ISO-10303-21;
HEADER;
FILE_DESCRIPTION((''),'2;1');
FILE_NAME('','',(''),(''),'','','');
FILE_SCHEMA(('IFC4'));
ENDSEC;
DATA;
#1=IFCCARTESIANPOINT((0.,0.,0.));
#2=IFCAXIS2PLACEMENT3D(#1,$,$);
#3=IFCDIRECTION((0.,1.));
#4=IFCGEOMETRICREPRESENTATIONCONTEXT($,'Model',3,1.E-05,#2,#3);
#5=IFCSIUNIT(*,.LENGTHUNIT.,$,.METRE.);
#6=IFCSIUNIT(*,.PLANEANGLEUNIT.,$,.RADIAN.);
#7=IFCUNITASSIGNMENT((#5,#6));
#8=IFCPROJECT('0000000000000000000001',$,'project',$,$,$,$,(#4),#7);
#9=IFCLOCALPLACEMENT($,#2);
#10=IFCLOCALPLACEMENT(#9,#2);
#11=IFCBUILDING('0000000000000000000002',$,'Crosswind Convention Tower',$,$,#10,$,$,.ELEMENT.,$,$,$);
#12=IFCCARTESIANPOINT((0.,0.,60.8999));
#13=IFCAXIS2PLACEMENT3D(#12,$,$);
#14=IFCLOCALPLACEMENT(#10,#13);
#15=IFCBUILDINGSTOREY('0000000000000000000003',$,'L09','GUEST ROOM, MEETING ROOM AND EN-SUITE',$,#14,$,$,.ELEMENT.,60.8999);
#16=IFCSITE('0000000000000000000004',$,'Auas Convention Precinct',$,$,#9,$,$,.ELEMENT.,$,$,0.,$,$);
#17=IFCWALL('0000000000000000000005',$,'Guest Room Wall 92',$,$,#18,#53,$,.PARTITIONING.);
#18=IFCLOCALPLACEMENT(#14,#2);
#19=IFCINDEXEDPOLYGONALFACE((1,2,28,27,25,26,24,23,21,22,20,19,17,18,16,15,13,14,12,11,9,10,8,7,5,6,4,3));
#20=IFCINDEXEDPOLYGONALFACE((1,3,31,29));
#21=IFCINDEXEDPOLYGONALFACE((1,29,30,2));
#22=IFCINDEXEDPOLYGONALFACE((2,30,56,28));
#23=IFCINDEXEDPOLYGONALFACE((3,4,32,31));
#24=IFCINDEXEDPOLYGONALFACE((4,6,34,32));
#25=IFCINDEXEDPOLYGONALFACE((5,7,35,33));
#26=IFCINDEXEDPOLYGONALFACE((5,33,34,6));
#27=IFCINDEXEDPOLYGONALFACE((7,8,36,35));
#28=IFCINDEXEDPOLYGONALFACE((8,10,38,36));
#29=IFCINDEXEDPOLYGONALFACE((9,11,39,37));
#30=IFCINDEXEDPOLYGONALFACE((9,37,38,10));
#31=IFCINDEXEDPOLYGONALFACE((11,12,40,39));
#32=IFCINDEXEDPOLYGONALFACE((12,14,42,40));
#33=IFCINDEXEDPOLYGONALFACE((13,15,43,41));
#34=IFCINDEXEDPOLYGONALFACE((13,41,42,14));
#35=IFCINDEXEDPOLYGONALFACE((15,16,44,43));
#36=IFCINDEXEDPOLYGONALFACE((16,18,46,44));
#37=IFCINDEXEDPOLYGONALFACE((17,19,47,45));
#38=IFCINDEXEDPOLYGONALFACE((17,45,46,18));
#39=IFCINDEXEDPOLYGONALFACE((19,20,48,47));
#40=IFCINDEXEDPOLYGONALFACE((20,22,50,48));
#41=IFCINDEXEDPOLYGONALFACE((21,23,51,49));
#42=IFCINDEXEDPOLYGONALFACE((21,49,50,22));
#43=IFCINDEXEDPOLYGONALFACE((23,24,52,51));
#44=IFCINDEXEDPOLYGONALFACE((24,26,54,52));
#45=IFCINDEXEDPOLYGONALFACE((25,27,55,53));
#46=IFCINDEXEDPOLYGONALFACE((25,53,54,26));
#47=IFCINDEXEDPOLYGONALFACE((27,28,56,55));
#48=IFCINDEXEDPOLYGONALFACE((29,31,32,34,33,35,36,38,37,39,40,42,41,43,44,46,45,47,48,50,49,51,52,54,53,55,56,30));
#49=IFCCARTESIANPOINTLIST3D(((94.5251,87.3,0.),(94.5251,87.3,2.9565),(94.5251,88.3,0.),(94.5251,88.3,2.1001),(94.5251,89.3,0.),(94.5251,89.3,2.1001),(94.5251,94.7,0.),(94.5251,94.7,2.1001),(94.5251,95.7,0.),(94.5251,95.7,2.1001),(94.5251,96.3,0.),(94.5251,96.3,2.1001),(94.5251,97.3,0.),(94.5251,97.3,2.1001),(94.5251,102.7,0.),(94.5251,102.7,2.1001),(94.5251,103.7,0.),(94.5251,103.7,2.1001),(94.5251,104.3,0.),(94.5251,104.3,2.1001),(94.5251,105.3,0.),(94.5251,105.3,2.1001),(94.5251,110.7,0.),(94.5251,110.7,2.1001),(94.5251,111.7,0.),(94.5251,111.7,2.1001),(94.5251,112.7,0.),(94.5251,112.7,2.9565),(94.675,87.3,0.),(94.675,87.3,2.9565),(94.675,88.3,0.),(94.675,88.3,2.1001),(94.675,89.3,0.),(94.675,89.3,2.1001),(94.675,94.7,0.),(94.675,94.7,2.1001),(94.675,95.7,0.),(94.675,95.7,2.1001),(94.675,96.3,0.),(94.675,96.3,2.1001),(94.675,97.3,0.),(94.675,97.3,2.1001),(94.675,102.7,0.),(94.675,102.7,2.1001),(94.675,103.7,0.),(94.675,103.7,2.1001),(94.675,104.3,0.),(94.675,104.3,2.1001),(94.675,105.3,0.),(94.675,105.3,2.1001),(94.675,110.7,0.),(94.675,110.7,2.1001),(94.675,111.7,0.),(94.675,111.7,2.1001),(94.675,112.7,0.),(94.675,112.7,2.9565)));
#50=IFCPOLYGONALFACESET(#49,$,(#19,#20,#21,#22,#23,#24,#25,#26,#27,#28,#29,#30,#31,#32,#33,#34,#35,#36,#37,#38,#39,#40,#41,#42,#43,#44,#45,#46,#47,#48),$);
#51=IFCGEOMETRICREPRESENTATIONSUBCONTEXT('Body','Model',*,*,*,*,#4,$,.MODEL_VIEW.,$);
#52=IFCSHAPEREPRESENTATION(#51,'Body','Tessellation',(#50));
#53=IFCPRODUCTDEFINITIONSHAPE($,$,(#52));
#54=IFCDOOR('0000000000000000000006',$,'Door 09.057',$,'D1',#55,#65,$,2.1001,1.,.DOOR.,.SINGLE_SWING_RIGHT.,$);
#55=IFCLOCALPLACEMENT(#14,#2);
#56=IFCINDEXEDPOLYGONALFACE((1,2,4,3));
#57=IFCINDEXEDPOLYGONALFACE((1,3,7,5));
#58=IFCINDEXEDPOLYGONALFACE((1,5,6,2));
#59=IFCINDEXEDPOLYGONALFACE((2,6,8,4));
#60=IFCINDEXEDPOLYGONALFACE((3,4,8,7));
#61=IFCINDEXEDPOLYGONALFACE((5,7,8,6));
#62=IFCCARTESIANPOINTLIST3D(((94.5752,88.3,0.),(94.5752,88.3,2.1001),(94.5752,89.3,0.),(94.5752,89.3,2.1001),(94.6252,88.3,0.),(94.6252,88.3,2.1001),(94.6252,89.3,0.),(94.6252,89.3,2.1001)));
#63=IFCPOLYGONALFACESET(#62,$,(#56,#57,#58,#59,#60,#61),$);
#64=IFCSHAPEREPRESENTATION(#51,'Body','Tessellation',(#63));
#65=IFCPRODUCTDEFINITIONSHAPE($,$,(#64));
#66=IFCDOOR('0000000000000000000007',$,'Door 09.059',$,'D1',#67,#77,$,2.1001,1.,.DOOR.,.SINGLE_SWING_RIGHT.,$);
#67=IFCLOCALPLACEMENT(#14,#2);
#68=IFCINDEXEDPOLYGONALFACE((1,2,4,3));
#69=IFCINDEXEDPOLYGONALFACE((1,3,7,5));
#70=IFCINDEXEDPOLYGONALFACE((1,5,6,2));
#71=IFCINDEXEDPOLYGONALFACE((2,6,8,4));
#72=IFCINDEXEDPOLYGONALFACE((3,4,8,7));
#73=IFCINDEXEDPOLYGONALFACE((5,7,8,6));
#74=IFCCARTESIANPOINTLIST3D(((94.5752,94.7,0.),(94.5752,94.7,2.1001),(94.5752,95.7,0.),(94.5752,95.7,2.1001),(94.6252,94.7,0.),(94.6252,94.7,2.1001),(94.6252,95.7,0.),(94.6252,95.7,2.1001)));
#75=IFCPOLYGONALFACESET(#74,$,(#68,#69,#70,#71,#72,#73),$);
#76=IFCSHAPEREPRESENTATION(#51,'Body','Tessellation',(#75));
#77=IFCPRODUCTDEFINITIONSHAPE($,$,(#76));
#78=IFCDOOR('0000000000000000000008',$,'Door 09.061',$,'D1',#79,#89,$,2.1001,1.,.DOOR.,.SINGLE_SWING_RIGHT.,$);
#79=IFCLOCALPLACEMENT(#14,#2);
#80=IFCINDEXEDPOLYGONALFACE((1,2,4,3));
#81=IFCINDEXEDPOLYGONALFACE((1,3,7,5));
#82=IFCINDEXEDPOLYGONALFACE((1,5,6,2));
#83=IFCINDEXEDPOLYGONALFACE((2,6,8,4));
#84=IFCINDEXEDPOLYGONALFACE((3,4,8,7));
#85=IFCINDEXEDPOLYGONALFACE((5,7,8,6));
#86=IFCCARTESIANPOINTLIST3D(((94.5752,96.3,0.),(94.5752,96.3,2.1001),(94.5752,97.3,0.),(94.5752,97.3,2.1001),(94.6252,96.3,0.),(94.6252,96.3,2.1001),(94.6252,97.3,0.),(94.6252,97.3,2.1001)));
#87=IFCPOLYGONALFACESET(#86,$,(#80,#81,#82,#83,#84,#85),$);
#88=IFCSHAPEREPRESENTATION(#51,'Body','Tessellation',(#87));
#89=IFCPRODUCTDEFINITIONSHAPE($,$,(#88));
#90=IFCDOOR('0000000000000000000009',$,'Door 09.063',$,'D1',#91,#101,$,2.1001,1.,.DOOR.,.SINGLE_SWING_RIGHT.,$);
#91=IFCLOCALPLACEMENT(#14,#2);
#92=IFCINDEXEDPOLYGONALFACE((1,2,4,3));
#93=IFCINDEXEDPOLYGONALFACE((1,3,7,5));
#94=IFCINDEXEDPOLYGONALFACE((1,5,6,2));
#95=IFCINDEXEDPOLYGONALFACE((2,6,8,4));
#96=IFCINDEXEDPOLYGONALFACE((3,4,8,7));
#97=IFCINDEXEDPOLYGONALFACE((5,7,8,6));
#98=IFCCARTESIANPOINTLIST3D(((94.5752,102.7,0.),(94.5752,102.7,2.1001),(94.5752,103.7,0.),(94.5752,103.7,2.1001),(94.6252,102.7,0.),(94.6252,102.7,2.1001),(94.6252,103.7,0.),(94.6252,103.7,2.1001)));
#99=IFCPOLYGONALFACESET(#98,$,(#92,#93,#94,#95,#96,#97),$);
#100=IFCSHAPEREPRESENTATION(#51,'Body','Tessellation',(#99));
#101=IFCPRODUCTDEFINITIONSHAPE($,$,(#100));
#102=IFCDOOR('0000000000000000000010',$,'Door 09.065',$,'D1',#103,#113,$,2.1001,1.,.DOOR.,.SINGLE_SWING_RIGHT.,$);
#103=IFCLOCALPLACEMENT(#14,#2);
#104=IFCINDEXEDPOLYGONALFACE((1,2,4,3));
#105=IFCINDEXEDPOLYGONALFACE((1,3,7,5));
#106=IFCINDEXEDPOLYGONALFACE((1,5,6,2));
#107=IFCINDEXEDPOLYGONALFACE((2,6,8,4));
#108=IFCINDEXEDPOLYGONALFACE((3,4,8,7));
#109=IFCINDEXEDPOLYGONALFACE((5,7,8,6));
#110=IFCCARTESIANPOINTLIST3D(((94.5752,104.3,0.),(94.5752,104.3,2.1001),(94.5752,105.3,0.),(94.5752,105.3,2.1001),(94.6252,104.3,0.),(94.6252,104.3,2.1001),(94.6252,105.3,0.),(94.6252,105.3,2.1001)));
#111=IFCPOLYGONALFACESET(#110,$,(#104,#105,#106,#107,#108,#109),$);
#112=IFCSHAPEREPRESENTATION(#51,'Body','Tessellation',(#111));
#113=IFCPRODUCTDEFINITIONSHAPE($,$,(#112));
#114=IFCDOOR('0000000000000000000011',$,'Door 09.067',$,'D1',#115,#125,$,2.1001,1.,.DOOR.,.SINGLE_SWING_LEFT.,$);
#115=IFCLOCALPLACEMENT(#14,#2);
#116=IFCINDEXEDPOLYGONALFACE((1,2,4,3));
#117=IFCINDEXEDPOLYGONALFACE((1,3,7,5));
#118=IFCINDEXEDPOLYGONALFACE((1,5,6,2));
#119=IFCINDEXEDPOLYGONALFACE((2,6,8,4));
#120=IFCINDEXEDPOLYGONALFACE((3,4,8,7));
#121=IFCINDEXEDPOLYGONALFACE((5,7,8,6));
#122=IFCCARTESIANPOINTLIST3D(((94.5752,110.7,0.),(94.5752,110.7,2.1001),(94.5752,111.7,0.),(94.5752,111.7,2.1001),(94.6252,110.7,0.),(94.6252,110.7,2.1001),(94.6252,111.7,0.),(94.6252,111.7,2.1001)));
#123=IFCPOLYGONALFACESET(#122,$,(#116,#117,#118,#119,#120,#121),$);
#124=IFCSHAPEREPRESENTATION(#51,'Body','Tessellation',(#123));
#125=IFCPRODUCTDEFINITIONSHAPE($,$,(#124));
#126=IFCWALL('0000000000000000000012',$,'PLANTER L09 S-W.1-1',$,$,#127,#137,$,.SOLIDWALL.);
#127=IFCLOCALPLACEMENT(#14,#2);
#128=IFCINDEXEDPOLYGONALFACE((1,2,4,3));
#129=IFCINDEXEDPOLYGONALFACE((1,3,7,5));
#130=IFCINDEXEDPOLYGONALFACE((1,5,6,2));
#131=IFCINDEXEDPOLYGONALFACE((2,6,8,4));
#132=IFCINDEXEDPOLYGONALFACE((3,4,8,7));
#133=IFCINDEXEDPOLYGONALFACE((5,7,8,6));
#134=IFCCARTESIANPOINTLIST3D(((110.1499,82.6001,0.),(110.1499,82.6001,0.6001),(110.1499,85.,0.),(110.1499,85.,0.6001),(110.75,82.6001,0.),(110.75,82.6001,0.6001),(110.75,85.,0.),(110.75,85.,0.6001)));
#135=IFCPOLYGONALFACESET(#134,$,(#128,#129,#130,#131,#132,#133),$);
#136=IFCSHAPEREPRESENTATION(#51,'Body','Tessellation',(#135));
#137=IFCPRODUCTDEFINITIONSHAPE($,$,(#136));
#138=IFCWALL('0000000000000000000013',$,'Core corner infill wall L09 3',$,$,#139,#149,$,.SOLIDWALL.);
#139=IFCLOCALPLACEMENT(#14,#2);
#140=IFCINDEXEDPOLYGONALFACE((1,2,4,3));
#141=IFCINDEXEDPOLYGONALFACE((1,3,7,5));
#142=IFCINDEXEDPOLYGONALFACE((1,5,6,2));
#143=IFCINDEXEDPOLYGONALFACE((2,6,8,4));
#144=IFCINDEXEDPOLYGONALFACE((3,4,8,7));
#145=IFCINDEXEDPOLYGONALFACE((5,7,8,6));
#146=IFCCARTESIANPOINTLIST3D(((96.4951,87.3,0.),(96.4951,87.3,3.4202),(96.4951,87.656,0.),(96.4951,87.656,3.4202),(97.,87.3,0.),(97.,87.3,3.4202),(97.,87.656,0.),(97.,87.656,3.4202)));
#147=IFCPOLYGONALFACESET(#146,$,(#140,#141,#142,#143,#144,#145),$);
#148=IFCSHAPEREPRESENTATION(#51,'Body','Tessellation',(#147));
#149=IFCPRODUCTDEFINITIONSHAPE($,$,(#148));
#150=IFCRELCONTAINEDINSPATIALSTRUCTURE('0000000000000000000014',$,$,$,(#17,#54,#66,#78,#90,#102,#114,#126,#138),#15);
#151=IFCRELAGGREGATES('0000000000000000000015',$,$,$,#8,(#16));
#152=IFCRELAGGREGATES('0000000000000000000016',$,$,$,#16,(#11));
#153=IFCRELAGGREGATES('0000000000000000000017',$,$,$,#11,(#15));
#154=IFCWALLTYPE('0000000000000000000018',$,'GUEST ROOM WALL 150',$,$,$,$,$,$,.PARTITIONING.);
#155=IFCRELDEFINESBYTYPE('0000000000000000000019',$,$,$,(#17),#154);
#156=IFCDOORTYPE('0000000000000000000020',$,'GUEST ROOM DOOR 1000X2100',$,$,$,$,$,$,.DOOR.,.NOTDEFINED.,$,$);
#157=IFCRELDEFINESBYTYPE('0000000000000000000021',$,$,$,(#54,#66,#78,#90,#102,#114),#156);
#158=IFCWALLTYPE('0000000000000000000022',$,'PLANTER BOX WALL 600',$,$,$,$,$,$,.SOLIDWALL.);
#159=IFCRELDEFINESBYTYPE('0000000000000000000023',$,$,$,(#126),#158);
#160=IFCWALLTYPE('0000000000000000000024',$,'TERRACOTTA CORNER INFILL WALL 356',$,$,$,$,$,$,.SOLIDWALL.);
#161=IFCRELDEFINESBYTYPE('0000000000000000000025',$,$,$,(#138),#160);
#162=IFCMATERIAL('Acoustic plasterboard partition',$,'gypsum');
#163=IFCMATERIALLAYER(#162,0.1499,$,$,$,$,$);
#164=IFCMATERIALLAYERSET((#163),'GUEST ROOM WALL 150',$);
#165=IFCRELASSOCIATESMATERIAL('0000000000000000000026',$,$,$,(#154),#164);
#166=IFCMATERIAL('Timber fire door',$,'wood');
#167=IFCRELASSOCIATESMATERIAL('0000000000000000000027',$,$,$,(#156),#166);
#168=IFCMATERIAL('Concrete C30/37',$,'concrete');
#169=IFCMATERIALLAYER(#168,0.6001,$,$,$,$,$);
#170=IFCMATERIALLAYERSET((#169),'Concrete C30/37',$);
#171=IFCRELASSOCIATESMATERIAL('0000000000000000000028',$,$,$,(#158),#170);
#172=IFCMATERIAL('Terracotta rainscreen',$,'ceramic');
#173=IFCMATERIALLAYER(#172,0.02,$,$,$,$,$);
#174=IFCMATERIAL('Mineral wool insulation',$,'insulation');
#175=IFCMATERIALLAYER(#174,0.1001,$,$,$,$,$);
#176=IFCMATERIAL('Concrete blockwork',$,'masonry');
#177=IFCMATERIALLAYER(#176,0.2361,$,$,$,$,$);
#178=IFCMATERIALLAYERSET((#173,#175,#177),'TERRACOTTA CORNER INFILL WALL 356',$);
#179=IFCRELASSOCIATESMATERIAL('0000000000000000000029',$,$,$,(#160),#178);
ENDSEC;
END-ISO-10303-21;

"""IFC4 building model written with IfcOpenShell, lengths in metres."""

from ifc_helpers import new_model, si_unit, direction, frame, frame_2d, origin, place, context, subcontext, project, spatial, rectangle, extrude, material, layer, layer_set, type_object, element, fill, save


model = new_model("IFC4")

# Units and contexts
model_context = context("Model", 3, precision=1e-05, world=origin(), true_north=direction((0.0, 1.0)))
body_context = subcontext(model_context, "Body", "Model", "MODEL_VIEW")
ifc_project = project(units=[si_unit("LENGTHUNIT", "METRE"), si_unit("PLANEANGLEUNIT", "RADIAN")], contexts=[model_context])

# Site, building, storey
site_placement = place(None, origin())
site = spatial("IfcSite", under=ifc_project, at=site_placement, Name="Auas Convention Precinct", CompositionType="ELEMENT", RefElevation=0.0)
building_placement = place(site_placement, origin())
building = spatial("IfcBuilding", under=site, at=building_placement, Name="Crosswind Convention Tower", CompositionType="ELEMENT")
storey_placement = place(building_placement, frame((0.0, 0.0, 60.8999)))
storey = spatial("IfcBuildingStorey", under=building, at=storey_placement, Name="L09", Description="GUEST ROOM, MEETING ROOM AND EN-SUITE", CompositionType="ELEMENT", Elevation=60.8999)

# Wall, openings, doors
ifc_material_1 = material(Name="Acoustic plasterboard partition", Category="gypsum")
ifc_layer_1 = layer(ifc_material_1, 0.1499)
ifc_layer_set_1 = layer_set([ifc_layer_1], Name="GUEST ROOM WALL 150")
wall_type_1 = type_object("IfcWallType", Name="GUEST ROOM WALL 150", PredefinedType="PARTITIONING", material=ifc_layer_set_1)
wall_1_placement = place(storey_placement, frame((94.6001, 87.3, 0.0), z_axis=(0.0, 0.0, 1.0), x_axis=(0.0, 1.0, 0.0)))
wall_1 = element("IfcWall", 1, at=wall_1_placement, inside=storey, type_object=wall_type_1, Name="Guest Room Wall 92", PredefinedType="PARTITIONING", context=body_context, shape_type="SweptSolid", body=[
    extrude(rectangle(XDim=25.3999, YDim=0.1499, at=frame_2d((12.7, 0.0))), origin(), (0.0, 0.0, 1.0), 2.9565),
])
opening_1_placement = place(wall_1_placement, frame((1.0, 0.0, 0.0)))
opening_1 = element("IfcOpeningElement", 2, at=opening_1_placement, cuts=wall_1, PredefinedType="OPENING", context=body_context, shape_type="SweptSolid", body=[
    extrude(rectangle(XDim=1.0, YDim=2.1001, at=frame_2d((0.5, 1.05))), frame((0.0, 0.085, 0.0), z_axis=(0.0, -1.0, 0.0), x_axis=(1.0, 0.0, 0.0)), (0.0, 0.0, 1.0), 0.1699),
])
opening_2_placement = place(wall_1_placement, frame((7.3999, 0.0, 0.0)))
opening_2 = element("IfcOpeningElement", 3, at=opening_2_placement, cuts=wall_1, PredefinedType="OPENING", context=body_context, shape_type="SweptSolid", body=[
    extrude(rectangle(XDim=1.0, YDim=2.1001, at=frame_2d((0.5, 1.05))), frame((0.0, 0.085, 0.0), z_axis=(0.0, -1.0, 0.0), x_axis=(1.0, 0.0, 0.0)), (0.0, 0.0, 1.0), 0.1699),
])
opening_3_placement = place(wall_1_placement, frame((9.0, 0.0, 0.0)))
opening_3 = element("IfcOpeningElement", 4, at=opening_3_placement, cuts=wall_1, PredefinedType="OPENING", context=body_context, shape_type="SweptSolid", body=[
    extrude(rectangle(XDim=1.0, YDim=2.1001, at=frame_2d((0.5, 1.05))), frame((0.0, 0.085, 0.0), z_axis=(0.0, -1.0, 0.0), x_axis=(1.0, 0.0, 0.0)), (0.0, 0.0, 1.0), 0.1699),
])
opening_4_placement = place(wall_1_placement, frame((15.3999, 0.0, 0.0)))
opening_4 = element("IfcOpeningElement", 5, at=opening_4_placement, cuts=wall_1, PredefinedType="OPENING", context=body_context, shape_type="SweptSolid", body=[
    extrude(rectangle(XDim=1.0, YDim=2.1001, at=frame_2d((0.5, 1.05))), frame((0.0, 0.085, 0.0), z_axis=(0.0, -1.0, 0.0), x_axis=(1.0, 0.0, 0.0)), (0.0, 0.0, 1.0), 0.1699),
])
opening_5_placement = place(wall_1_placement, frame((17.0, 0.0, 0.0)))
opening_5 = element("IfcOpeningElement", 6, at=opening_5_placement, cuts=wall_1, PredefinedType="OPENING", context=body_context, shape_type="SweptSolid", body=[
    extrude(rectangle(XDim=1.0, YDim=2.1001, at=frame_2d((0.5, 1.05))), frame((0.0, 0.085, 0.0), z_axis=(0.0, -1.0, 0.0), x_axis=(1.0, 0.0, 0.0)), (0.0, 0.0, 1.0), 0.1699),
])
opening_6_placement = place(wall_1_placement, frame((23.3999, 0.0, 0.0)))
opening_6 = element("IfcOpeningElement", 7, at=opening_6_placement, cuts=wall_1, PredefinedType="OPENING", context=body_context, shape_type="SweptSolid", body=[
    extrude(rectangle(XDim=1.0, YDim=2.1001, at=frame_2d((0.5, 1.05))), frame((0.0, 0.085, 0.0), z_axis=(0.0, -1.0, 0.0), x_axis=(1.0, 0.0, 0.0)), (0.0, 0.0, 1.0), 0.1699),
])
ifc_material_2 = material(Name="Timber fire door", Category="wood")
door_type_1 = type_object("IfcDoorType", Name="GUEST ROOM DOOR 1000X2100", OperationType="NOTDEFINED", PredefinedType="DOOR", material=ifc_material_2)
door_1_placement = place(opening_1_placement, origin())
door_1 = element("IfcDoor", 8, at=door_1_placement, inside=storey, type_object=door_type_1, Name="Door 09.057", ObjectType="D1", OperationType="SINGLE_SWING_RIGHT", OverallHeight=2.1001, OverallWidth=1.0, PredefinedType="DOOR", context=body_context, shape_type="SweptSolid", body=[
    extrude(rectangle(XDim=1.0, YDim=2.1001, at=frame_2d((0.5, 1.05))), frame((0.0, 0.0249, 0.0), z_axis=(0.0, -1.0, 0.0), x_axis=(1.0, 0.0, 0.0)), (0.0, 0.0, 1.0), 0.05),
])
fill(opening_1, door_1)
door_2_placement = place(opening_2_placement, origin())
door_2 = element("IfcDoor", 9, at=door_2_placement, inside=storey, type_object=door_type_1, Name="Door 09.059", ObjectType="D1", OperationType="SINGLE_SWING_RIGHT", OverallHeight=2.1001, OverallWidth=1.0, PredefinedType="DOOR", context=body_context, shape_type="SweptSolid", body=[
    extrude(rectangle(XDim=1.0, YDim=2.1001, at=frame_2d((0.5, 1.05))), frame((0.0, 0.0249, 0.0), z_axis=(0.0, -1.0, 0.0), x_axis=(1.0, 0.0, 0.0)), (0.0, 0.0, 1.0), 0.05),
])
fill(opening_2, door_2)
door_3_placement = place(opening_3_placement, origin())
door_3 = element("IfcDoor", 10, at=door_3_placement, inside=storey, type_object=door_type_1, Name="Door 09.061", ObjectType="D1", OperationType="SINGLE_SWING_RIGHT", OverallHeight=2.1001, OverallWidth=1.0, PredefinedType="DOOR", context=body_context, shape_type="SweptSolid", body=[
    extrude(rectangle(XDim=1.0, YDim=2.1001, at=frame_2d((0.5, 1.05))), frame((0.0, 0.0249, 0.0), z_axis=(0.0, -1.0, 0.0), x_axis=(1.0, 0.0, 0.0)), (0.0, 0.0, 1.0), 0.05),
])
fill(opening_3, door_3)
door_4_placement = place(opening_4_placement, origin())
door_4 = element("IfcDoor", 11, at=door_4_placement, inside=storey, type_object=door_type_1, Name="Door 09.063", ObjectType="D1", OperationType="SINGLE_SWING_RIGHT", OverallHeight=2.1001, OverallWidth=1.0, PredefinedType="DOOR", context=body_context, shape_type="SweptSolid", body=[
    extrude(rectangle(XDim=1.0, YDim=2.1001, at=frame_2d((0.5, 1.05))), frame((0.0, 0.0249, 0.0), z_axis=(0.0, -1.0, 0.0), x_axis=(1.0, 0.0, 0.0)), (0.0, 0.0, 1.0), 0.05),
])
fill(opening_4, door_4)
door_5_placement = place(opening_5_placement, origin())
door_5 = element("IfcDoor", 12, at=door_5_placement, inside=storey, type_object=door_type_1, Name="Door 09.065", ObjectType="D1", OperationType="SINGLE_SWING_RIGHT", OverallHeight=2.1001, OverallWidth=1.0, PredefinedType="DOOR", context=body_context, shape_type="SweptSolid", body=[
    extrude(rectangle(XDim=1.0, YDim=2.1001, at=frame_2d((0.5, 1.05))), frame((0.0, 0.0249, 0.0), z_axis=(0.0, -1.0, 0.0), x_axis=(1.0, 0.0, 0.0)), (0.0, 0.0, 1.0), 0.05),
])
fill(opening_5, door_5)
door_6_placement = place(opening_6_placement, origin())
door_6 = element("IfcDoor", 13, at=door_6_placement, inside=storey, type_object=door_type_1, Name="Door 09.067", ObjectType="D1", OperationType="SINGLE_SWING_LEFT", OverallHeight=2.1001, OverallWidth=1.0, PredefinedType="DOOR", context=body_context, shape_type="SweptSolid", body=[
    extrude(rectangle(XDim=1.0, YDim=2.1001, at=frame_2d((0.5, 1.05))), frame((0.0, 0.0249, 0.0), z_axis=(0.0, -1.0, 0.0), x_axis=(1.0, 0.0, 0.0)), (0.0, 0.0, 1.0), 0.05),
])
fill(opening_6, door_6)

# Walls
ifc_material_3 = material(Name="Concrete C30/37", Category="concrete")
ifc_layer_2 = layer(ifc_material_3, 0.6001)
ifc_layer_set_2 = layer_set([ifc_layer_2], Name="Concrete C30/37")
wall_type_2 = type_object("IfcWallType", Name="PLANTER BOX WALL 600", PredefinedType="SOLIDWALL", material=ifc_layer_set_2)
wall_2_placement = place(storey_placement, frame((110.45, 85.0, 0.0), z_axis=(0.0, 0.0, 1.0), x_axis=(0.0, -1.0, 0.0)))
element("IfcWall", 14, at=wall_2_placement, inside=storey, type_object=wall_type_2, Name="PLANTER L09 S-W.1-1", PredefinedType="SOLIDWALL", context=body_context, shape_type="SweptSolid", body=[
    extrude(rectangle(XDim=2.3999, YDim=0.6001, at=frame_2d((1.2, 0.0))), origin(), (0.0, 0.0, 1.0), 0.6001),
])
ifc_material_4 = material(Name="Terracotta rainscreen", Category="ceramic")
ifc_layer_3 = layer(ifc_material_4, 0.02)
ifc_material_5 = material(Name="Mineral wool insulation", Category="insulation")
ifc_layer_4 = layer(ifc_material_5, 0.1001)
ifc_material_6 = material(Name="Concrete blockwork", Category="masonry")
ifc_layer_5 = layer(ifc_material_6, 0.2361)
ifc_layer_set_3 = layer_set([ifc_layer_3, ifc_layer_4, ifc_layer_5], Name="TERRACOTTA CORNER INFILL WALL 356")
wall_type_3 = type_object("IfcWallType", Name="TERRACOTTA CORNER INFILL WALL 356", PredefinedType="SOLIDWALL", material=ifc_layer_set_3)
wall_3_placement = place(storey_placement, frame((96.4951, 87.478, 0.0), z_axis=(0.0, 0.0, 1.0), x_axis=(1.0, 0.0, 0.0)))
element("IfcWall", 15, at=wall_3_placement, inside=storey, type_object=wall_type_3, Name="Core corner infill wall L09 3", PredefinedType="SOLIDWALL", context=body_context, shape_type="SweptSolid", body=[
    extrude(rectangle(XDim=0.5049, YDim=0.356, at=frame_2d((0.2524, 0.0))), origin(), (0.0, 0.0, 1.0), 3.4202),
])

save(model, "model.ifc")
